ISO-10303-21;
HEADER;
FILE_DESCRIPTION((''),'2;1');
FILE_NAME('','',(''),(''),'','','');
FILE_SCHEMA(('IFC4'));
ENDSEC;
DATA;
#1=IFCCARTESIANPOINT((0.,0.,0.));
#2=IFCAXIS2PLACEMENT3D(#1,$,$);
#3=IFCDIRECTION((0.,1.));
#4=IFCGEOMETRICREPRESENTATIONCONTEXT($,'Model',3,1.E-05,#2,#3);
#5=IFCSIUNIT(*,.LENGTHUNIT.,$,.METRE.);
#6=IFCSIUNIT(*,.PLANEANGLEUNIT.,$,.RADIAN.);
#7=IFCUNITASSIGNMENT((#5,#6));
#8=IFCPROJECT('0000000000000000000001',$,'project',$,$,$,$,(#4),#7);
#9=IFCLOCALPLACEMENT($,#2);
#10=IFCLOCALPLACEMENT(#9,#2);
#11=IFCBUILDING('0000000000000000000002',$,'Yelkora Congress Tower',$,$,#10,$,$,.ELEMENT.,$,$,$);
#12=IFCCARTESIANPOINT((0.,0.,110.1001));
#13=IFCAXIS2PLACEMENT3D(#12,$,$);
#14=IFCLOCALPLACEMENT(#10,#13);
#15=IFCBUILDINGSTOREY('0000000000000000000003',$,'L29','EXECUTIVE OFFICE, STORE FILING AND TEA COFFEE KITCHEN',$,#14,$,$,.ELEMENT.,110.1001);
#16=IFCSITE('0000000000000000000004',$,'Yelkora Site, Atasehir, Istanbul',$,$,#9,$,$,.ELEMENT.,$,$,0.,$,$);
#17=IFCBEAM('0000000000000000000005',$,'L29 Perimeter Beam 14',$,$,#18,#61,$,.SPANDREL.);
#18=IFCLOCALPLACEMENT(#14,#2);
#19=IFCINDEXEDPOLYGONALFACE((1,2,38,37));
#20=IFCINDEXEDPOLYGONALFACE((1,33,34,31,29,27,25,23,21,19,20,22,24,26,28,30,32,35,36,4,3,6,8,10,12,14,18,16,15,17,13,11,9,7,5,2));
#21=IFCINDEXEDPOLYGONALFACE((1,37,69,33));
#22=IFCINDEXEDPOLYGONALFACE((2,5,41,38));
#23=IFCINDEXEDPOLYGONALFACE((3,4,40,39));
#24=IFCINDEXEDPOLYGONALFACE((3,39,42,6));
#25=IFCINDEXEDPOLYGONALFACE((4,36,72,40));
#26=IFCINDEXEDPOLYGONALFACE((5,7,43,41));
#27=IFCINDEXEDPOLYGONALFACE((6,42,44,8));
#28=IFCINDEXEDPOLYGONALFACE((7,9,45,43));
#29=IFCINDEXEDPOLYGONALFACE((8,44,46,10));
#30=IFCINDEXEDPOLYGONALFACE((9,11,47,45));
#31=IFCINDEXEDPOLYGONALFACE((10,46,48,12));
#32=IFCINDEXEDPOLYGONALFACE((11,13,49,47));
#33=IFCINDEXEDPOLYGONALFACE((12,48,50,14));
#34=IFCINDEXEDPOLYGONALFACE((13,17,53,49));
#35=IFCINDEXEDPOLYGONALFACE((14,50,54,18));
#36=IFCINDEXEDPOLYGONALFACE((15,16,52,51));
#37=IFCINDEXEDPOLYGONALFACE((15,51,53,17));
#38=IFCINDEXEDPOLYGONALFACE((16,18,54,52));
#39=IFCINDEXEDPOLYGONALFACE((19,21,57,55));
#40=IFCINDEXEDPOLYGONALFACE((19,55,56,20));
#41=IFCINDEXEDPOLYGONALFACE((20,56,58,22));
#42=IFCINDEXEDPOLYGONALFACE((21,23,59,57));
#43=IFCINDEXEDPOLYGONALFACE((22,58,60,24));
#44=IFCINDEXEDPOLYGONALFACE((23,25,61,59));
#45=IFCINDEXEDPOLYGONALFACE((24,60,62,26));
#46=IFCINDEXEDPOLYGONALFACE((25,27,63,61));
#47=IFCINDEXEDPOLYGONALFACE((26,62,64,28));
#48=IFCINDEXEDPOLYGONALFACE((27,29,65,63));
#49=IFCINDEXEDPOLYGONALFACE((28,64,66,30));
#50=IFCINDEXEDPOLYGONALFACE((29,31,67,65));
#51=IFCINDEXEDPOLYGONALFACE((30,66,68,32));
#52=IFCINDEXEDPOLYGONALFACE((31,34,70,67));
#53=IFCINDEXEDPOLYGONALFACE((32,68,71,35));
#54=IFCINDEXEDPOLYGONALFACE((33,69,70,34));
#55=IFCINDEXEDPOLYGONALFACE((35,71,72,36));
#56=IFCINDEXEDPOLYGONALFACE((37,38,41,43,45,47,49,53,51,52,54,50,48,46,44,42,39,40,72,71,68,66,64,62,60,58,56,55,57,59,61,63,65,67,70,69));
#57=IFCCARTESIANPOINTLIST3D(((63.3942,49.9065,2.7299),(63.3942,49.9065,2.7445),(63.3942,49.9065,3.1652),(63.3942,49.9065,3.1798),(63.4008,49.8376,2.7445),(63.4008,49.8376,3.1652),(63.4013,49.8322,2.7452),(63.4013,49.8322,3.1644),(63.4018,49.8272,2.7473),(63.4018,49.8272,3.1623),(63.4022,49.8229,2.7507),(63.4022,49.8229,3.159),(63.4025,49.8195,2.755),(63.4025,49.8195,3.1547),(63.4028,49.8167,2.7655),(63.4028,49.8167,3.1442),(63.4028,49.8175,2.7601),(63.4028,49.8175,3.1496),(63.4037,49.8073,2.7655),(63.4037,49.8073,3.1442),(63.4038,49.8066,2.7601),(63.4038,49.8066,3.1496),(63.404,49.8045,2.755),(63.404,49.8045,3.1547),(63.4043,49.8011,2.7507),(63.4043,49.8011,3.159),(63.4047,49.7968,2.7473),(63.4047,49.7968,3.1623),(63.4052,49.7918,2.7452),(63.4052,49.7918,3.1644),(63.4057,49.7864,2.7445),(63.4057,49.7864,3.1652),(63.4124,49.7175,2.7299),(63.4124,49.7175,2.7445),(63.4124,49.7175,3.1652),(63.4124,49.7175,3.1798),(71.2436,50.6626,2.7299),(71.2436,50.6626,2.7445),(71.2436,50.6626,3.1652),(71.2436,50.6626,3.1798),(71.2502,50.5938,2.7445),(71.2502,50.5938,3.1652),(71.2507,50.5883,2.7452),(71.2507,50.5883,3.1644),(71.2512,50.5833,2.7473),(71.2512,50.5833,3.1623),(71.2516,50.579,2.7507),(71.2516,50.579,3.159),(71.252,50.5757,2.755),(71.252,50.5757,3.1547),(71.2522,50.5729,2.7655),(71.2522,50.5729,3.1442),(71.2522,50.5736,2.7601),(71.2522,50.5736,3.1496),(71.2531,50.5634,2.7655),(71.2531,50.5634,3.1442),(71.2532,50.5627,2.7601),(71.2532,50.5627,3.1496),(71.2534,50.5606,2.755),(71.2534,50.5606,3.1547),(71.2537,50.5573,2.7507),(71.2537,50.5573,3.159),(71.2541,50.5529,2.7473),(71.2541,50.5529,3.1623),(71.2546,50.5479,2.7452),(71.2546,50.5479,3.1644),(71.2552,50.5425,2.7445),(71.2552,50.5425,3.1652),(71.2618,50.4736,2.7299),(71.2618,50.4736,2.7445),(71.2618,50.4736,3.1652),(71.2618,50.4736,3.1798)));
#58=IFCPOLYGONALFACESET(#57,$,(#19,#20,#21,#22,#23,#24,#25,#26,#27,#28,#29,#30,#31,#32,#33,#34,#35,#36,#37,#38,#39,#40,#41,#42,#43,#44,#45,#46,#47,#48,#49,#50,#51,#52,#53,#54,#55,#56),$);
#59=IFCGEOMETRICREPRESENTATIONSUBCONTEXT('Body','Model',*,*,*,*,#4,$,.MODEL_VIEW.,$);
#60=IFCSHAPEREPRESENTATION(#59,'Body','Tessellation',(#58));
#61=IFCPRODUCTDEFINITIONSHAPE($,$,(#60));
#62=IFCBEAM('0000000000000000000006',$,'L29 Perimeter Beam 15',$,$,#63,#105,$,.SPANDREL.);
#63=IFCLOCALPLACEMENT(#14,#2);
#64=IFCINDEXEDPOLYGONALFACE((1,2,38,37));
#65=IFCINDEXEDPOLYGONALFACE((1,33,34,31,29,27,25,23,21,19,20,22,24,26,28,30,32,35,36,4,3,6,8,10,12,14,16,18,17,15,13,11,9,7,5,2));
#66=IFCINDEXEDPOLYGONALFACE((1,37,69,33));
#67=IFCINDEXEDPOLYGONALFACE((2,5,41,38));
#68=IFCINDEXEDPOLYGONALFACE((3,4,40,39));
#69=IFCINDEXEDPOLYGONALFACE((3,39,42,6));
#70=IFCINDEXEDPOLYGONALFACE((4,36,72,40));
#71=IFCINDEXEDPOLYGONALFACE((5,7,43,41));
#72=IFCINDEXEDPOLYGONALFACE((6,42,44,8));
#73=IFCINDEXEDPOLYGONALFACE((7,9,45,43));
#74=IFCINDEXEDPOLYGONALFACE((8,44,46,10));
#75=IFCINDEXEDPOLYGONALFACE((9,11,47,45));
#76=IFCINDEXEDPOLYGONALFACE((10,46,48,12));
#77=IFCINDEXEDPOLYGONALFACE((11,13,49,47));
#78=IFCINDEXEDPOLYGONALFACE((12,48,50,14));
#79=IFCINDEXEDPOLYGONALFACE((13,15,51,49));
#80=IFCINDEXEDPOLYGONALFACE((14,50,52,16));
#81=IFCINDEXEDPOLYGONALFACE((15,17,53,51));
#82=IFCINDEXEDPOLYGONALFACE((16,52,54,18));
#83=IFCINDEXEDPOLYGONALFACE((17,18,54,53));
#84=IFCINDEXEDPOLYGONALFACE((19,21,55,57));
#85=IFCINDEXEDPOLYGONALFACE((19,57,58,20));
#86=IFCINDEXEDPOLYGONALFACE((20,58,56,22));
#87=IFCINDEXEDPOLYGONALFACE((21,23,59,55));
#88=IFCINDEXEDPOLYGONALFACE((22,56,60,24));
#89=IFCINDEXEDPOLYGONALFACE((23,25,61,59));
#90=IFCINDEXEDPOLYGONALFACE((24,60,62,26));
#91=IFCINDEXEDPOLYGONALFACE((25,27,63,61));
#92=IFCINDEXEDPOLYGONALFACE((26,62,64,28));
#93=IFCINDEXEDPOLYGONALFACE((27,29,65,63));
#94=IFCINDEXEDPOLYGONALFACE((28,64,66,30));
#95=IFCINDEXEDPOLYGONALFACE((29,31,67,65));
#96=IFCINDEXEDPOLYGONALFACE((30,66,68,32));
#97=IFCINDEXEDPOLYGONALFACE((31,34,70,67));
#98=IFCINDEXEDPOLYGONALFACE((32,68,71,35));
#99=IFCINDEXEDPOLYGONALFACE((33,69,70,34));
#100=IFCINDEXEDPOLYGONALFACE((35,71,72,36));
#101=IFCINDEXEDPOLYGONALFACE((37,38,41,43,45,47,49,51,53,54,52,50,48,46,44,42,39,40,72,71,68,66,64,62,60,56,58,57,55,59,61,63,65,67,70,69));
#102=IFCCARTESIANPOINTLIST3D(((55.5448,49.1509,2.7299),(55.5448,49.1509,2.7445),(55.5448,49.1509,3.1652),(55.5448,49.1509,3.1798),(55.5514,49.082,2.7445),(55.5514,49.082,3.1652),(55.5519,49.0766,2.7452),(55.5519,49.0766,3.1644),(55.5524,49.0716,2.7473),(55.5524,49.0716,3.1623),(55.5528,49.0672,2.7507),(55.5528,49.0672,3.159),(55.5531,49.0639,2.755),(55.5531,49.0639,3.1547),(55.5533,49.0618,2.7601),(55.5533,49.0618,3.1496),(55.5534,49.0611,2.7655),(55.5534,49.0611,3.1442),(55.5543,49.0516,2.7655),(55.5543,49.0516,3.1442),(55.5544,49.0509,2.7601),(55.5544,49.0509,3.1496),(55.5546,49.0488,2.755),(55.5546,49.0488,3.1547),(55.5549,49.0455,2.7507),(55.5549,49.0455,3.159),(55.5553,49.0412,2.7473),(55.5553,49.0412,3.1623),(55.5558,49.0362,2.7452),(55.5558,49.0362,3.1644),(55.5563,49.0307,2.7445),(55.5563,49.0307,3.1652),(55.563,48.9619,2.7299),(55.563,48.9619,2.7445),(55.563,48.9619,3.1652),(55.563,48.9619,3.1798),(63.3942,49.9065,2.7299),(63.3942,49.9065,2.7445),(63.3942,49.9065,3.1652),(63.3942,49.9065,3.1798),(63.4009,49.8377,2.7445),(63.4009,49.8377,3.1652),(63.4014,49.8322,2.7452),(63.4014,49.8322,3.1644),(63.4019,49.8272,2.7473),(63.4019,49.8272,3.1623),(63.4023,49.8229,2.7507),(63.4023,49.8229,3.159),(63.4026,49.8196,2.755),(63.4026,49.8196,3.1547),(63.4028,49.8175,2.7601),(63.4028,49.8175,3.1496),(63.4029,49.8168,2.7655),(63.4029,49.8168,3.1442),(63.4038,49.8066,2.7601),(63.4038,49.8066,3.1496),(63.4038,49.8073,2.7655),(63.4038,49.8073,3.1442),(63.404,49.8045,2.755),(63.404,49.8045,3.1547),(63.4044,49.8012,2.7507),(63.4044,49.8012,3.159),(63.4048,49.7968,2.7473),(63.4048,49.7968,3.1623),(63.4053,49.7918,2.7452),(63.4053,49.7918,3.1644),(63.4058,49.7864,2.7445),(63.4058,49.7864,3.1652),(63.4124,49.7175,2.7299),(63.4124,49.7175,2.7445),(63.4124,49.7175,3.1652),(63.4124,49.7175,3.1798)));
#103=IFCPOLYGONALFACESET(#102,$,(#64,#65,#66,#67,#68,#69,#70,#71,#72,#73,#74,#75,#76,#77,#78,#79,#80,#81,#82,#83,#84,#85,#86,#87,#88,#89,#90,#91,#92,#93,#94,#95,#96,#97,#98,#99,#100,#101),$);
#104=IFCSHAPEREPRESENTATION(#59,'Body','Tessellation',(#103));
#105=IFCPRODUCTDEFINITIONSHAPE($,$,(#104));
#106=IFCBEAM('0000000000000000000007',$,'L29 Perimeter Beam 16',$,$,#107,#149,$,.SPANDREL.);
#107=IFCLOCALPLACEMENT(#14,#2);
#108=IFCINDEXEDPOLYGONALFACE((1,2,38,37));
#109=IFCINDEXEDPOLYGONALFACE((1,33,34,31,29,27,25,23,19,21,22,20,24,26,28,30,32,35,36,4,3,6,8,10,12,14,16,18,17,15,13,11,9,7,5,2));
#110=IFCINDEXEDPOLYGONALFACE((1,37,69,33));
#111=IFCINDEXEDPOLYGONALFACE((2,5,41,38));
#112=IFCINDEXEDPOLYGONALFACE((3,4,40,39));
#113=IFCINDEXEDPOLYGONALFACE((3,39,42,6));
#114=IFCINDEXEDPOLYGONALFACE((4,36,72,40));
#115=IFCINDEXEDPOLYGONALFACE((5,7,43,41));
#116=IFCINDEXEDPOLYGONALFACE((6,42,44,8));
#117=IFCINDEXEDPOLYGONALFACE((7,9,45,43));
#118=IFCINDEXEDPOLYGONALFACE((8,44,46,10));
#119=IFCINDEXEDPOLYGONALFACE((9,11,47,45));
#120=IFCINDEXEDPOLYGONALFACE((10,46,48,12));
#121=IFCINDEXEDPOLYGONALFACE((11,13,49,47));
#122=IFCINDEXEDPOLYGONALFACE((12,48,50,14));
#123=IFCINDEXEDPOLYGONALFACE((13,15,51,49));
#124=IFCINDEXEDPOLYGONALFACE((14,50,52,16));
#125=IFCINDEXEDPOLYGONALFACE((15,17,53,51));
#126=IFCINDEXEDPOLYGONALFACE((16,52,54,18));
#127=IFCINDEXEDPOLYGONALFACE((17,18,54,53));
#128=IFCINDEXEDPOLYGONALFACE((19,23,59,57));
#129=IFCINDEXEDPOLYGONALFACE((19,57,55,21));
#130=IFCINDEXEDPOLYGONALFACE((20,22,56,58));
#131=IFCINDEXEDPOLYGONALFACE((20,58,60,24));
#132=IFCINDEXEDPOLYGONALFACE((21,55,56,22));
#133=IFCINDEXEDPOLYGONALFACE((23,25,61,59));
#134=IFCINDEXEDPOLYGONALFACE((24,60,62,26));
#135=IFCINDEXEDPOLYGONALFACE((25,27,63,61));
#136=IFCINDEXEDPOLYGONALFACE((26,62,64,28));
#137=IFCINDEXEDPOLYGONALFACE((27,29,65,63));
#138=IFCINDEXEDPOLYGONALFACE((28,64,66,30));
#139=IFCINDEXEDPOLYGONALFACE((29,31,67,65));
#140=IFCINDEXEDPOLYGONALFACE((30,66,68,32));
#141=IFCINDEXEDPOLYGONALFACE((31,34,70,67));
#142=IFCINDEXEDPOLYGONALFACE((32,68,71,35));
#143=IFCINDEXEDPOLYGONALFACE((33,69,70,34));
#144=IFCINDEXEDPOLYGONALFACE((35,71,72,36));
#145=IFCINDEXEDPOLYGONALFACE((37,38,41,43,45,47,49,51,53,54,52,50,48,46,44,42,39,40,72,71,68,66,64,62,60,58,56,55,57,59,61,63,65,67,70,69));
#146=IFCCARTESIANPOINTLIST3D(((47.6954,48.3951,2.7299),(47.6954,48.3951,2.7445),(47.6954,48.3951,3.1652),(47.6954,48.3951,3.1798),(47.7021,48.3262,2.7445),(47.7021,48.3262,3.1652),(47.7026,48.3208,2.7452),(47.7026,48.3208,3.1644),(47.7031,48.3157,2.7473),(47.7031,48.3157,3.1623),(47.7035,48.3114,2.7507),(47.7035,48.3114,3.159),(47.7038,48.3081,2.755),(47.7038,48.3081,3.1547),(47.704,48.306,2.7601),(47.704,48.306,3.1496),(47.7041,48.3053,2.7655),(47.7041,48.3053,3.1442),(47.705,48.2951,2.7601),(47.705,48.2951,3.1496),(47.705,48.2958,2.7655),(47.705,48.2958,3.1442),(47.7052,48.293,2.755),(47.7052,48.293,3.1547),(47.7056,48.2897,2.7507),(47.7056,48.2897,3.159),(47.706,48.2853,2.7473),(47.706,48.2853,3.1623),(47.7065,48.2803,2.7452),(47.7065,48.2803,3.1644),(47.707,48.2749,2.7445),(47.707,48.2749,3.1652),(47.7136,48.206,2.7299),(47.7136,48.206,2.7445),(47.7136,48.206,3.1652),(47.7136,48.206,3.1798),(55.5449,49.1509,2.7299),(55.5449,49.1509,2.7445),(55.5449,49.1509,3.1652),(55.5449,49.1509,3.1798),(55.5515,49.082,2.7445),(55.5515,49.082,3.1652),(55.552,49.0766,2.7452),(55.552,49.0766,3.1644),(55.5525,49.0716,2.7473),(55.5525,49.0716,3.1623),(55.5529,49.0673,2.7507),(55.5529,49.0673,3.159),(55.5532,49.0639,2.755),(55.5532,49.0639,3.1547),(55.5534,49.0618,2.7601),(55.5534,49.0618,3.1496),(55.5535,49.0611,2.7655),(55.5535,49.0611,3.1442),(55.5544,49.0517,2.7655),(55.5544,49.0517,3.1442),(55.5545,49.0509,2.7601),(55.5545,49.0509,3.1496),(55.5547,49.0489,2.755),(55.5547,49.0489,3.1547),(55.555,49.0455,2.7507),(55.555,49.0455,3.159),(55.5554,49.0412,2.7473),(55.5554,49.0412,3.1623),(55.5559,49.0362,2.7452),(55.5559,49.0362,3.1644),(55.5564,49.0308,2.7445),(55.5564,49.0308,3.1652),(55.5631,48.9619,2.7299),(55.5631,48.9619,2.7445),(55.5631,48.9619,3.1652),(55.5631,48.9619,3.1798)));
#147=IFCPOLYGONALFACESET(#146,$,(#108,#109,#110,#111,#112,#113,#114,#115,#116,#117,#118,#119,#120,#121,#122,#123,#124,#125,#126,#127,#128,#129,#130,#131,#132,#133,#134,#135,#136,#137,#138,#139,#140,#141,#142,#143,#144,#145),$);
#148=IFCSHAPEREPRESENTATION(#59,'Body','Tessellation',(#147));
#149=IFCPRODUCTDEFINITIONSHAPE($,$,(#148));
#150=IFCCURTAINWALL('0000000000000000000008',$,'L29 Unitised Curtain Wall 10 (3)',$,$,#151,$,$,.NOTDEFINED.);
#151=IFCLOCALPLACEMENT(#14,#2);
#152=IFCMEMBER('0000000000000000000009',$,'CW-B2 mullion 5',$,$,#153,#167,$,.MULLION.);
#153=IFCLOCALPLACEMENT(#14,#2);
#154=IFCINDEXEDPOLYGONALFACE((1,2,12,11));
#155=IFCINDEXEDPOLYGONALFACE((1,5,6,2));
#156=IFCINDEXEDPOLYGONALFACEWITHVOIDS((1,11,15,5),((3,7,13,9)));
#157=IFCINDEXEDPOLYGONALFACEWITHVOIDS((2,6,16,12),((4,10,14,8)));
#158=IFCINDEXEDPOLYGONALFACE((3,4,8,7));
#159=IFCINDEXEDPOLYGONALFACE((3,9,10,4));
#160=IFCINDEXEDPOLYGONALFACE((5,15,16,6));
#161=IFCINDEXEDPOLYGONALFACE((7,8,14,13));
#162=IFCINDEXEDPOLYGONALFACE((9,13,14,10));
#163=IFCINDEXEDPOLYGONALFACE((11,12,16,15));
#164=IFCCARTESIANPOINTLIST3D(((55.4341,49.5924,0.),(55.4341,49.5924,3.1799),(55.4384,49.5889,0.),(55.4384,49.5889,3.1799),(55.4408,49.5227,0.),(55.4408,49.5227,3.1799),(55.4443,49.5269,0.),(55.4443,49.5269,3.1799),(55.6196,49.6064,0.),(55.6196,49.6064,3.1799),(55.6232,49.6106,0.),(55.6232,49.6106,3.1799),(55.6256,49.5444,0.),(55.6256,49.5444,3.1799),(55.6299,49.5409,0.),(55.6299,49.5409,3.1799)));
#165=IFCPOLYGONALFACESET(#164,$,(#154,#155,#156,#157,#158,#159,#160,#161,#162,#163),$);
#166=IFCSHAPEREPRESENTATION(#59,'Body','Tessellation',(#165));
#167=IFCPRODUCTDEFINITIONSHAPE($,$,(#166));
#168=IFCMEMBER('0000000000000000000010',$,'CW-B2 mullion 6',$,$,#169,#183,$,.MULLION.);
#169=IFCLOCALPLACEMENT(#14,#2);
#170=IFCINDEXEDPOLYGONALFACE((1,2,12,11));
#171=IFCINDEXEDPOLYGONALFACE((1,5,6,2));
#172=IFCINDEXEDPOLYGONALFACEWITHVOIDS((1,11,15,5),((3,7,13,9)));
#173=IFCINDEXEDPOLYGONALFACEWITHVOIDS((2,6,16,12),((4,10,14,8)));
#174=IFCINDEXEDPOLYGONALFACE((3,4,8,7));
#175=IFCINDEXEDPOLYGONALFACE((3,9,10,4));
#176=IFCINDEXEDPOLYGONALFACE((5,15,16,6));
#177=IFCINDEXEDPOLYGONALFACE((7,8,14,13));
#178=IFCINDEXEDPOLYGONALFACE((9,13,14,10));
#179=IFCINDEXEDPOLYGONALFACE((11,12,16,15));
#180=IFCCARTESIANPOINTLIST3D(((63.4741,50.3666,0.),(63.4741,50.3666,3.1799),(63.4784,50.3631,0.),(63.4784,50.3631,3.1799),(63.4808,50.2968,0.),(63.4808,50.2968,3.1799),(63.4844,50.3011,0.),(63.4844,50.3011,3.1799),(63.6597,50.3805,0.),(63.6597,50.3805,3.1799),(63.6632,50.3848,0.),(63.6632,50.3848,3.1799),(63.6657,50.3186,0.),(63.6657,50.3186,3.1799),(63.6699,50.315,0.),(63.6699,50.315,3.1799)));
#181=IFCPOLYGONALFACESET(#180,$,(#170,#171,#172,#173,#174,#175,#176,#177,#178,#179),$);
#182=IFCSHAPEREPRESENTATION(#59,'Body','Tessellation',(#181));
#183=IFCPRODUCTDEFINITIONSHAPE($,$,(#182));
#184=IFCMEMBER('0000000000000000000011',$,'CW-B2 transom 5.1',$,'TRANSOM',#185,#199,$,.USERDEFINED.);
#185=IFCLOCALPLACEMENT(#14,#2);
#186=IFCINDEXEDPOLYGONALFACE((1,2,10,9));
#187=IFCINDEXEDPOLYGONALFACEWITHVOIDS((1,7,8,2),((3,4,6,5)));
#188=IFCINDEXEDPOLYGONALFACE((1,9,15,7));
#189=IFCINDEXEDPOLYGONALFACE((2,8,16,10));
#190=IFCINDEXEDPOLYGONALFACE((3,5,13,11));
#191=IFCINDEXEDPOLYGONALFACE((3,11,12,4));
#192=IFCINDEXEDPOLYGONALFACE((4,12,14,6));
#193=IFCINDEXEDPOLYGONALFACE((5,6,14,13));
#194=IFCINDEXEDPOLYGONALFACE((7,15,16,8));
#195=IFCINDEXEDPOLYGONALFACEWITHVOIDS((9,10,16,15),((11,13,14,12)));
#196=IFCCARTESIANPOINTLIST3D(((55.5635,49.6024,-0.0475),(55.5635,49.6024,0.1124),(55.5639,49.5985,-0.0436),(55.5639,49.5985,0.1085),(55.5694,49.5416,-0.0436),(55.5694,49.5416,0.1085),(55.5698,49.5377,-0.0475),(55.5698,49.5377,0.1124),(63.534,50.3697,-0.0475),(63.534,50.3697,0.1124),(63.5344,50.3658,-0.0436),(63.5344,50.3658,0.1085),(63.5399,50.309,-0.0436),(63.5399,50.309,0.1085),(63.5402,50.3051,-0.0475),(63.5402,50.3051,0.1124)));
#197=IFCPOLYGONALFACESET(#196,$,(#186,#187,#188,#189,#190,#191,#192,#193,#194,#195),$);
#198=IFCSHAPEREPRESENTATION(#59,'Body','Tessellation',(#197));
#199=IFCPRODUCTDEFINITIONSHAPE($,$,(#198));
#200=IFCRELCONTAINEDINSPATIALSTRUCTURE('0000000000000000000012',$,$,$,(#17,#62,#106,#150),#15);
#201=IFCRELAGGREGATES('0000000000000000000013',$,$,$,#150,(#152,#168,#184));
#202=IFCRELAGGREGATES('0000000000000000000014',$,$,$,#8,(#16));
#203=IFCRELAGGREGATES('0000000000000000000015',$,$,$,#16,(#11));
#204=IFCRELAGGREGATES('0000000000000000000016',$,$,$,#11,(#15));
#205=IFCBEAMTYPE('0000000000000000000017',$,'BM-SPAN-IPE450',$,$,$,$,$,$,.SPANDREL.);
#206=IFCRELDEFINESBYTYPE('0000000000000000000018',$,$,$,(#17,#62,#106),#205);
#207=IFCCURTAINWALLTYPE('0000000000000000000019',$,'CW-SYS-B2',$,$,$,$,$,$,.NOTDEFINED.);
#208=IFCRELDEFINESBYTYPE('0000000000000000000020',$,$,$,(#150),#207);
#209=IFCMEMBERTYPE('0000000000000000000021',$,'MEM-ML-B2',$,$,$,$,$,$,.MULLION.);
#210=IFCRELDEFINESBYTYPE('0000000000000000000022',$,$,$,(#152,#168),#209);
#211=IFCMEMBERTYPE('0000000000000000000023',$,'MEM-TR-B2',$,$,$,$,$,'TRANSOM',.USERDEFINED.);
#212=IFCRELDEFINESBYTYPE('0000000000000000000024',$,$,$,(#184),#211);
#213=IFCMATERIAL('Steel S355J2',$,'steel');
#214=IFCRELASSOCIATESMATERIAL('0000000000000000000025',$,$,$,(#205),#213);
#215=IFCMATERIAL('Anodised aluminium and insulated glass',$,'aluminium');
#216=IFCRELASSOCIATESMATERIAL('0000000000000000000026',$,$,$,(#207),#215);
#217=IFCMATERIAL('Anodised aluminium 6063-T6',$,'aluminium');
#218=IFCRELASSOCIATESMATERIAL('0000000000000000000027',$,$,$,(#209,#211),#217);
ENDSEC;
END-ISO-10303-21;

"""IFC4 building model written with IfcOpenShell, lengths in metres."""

from ifc_helpers import new_model, si_unit, direction, frame, origin, origin_2d, place, context, subcontext, project, spatial, hollow_rectangle, i_section, extrude, material, material_profile, profile_set, type_object, element, aggregate, save


model = new_model("IFC4")

# Units and contexts
model_context = context("Model", 3, precision=1e-05, world=origin(), true_north=direction((0.0, 1.0)))
body_context = subcontext(model_context, "Body", "Model", "MODEL_VIEW")
ifc_project = project(units=[si_unit("LENGTHUNIT", "METRE"), si_unit("PLANEANGLEUNIT", "RADIAN")], contexts=[model_context])

# Site, building, storey
site_placement = place(None, origin())
site = spatial("IfcSite", under=ifc_project, at=site_placement, Name="Yelkora Site, Atasehir, Istanbul", CompositionType="ELEMENT", RefElevation=0.0)
building_placement = place(site_placement, origin())
building = spatial("IfcBuilding", under=site, at=building_placement, Name="Yelkora Congress Tower", CompositionType="ELEMENT")
storey_placement = place(building_placement, frame((0.0, 0.0, 110.1001)))
storey = spatial("IfcBuildingStorey", under=building, at=storey_placement, Name="L29", Description="EXECUTIVE OFFICE, STORE FILING AND TEA COFFEE KITCHEN", CompositionType="ELEMENT", Elevation=110.1001)

# Beams
ifc_material_1 = material(Name="Steel S355J2", Category="steel")
ifc_material_profile_1 = material_profile(ifc_material_1, i_section(OverallWidth=0.1899, OverallDepth=0.45, WebThickness=0.0095, FlangeThickness=0.0146, FilletRadius=0.021, at=origin_2d()), Name="IPE 450")
ifc_profile_set_1 = profile_set([ifc_material_profile_1], Name="Steel S355J2")
beam_type_1 = type_object("IfcBeamType", Name="BM-SPAN-IPE450", PredefinedType="SPANDREL", material=ifc_profile_set_1)
for number, where, z_axis, x_axis, name in (
    (1, (71.2527, 50.5681, 2.9548), (-0.995393, -0.095883, 0.0), (0.095883, -0.995393, 0.0), "L29 Perimeter Beam 14"),
    (2, (63.4033, 49.812, 2.9548), (-0.995399, -0.095822, 0.0), (0.095822, -0.995399, 0.0), "L29 Perimeter Beam 15"),
    (3, (55.554, 49.0564, 2.9548), (-0.995396, -0.095852, 0.0), (0.095852, -0.995396, 0.0), "L29 Perimeter Beam 16"),
):
    element("IfcBeam", number, at=place(storey_placement, frame(where, z_axis=z_axis, x_axis=x_axis)), inside=storey, type_object=beam_type_1, Name=name, PredefinedType="SPANDREL", context=body_context, shape_type="SweptSolid", body=[
        extrude(i_section(OverallWidth=0.1899, OverallDepth=0.45, WebThickness=0.0095, FlangeThickness=0.0146, FilletRadius=0.021, at=origin_2d()), origin(), (0.0, 0.0, 1.0), 7.8857),
    ])

# Curtain wall, members
ifc_material_2 = material(Name="Anodised aluminium and insulated glass", Category="aluminium")
curtain_wall_type = type_object("IfcCurtainWallType", Name="CW-SYS-B2", PredefinedType="NOTDEFINED", material=ifc_material_2)
curtain_wall_placement = place(storey_placement, origin())
curtain_wall = element("IfcCurtainWall", 4, at=curtain_wall_placement, inside=storey, type_object=curtain_wall_type, Name="L29 Unitised Curtain Wall 10 (3)", PredefinedType="NOTDEFINED")
ifc_material_3 = material(Name="Anodised aluminium 6063-T6", Category="aluminium")
ifc_material_profile_2 = material_profile(ifc_material_3, hollow_rectangle(XDim=0.0701, YDim=0.1899, WallThickness=0.0039, at=origin_2d()), Name="ALU 70x190x4")
ifc_profile_set_2 = profile_set([ifc_material_profile_2], Name="Anodised aluminium 6063-T6")
member_type_1 = type_object("IfcMemberType", Name="MEM-ML-B2", PredefinedType="MULLION", material=ifc_profile_set_2)
member_1_placement = place(storey_placement, frame((55.532, 49.5667, 0.0), z_axis=(0.0, 0.0, 1.0), x_axis=(-0.095844, 0.995396, 0.0)))
member_1 = element("IfcMember", 5, at=member_1_placement, type_object=member_type_1, Name="CW-B2 mullion 5", PredefinedType="MULLION", context=body_context, shape_type="SweptSolid", body=[
    extrude(hollow_rectangle(XDim=0.0701, YDim=0.1899, WallThickness=0.0039, at=origin_2d()), origin(), (0.0, 0.0, 1.0), 3.1799),
])
member_2_placement = place(storey_placement, frame((63.572, 50.3408, 0.0), z_axis=(0.0, 0.0, 1.0), x_axis=(-0.095844, 0.995396, 0.0)))
member_2 = element("IfcMember", 6, at=member_2_placement, type_object=member_type_1, Name="CW-B2 mullion 6", PredefinedType="MULLION", context=body_context, shape_type="SweptSolid", body=[
    extrude(hollow_rectangle(XDim=0.0701, YDim=0.1899, WallThickness=0.0039, at=origin_2d()), origin(), (0.0, 0.0, 1.0), 3.1799),
])
ifc_material_profile_3 = material_profile(ifc_material_3, hollow_rectangle(XDim=0.0649, YDim=0.1599, WallThickness=0.0039, at=origin_2d()), Name="ALU 65x160x4")
ifc_profile_set_3 = profile_set([ifc_material_profile_3], Name="Anodised aluminium 6063-T6")
member_type_2 = type_object("IfcMemberType", Name="MEM-TR-B2", ElementType="TRANSOM", PredefinedType="USERDEFINED", material=ifc_profile_set_3)
member_3_placement = place(storey_placement, frame((55.5667, 49.5701, 0.0325), z_axis=(0.995398, 0.095829, 0.0), x_axis=(-0.095829, 0.995398, 0.0)))
member_3 = element("IfcMember", 7, at=member_3_placement, type_object=member_type_2, Name="CW-B2 transom 5.1", ObjectType="TRANSOM", PredefinedType="USERDEFINED", context=body_context, shape_type="SweptSolid", body=[
    extrude(hollow_rectangle(XDim=0.0649, YDim=0.1599, WallThickness=0.0039, at=origin_2d()), origin(), (0.0, 0.0, 1.0), 8.0073),
])
aggregate(curtain_wall, [member_1, member_2, member_3])

save(model, "model.ifc")
